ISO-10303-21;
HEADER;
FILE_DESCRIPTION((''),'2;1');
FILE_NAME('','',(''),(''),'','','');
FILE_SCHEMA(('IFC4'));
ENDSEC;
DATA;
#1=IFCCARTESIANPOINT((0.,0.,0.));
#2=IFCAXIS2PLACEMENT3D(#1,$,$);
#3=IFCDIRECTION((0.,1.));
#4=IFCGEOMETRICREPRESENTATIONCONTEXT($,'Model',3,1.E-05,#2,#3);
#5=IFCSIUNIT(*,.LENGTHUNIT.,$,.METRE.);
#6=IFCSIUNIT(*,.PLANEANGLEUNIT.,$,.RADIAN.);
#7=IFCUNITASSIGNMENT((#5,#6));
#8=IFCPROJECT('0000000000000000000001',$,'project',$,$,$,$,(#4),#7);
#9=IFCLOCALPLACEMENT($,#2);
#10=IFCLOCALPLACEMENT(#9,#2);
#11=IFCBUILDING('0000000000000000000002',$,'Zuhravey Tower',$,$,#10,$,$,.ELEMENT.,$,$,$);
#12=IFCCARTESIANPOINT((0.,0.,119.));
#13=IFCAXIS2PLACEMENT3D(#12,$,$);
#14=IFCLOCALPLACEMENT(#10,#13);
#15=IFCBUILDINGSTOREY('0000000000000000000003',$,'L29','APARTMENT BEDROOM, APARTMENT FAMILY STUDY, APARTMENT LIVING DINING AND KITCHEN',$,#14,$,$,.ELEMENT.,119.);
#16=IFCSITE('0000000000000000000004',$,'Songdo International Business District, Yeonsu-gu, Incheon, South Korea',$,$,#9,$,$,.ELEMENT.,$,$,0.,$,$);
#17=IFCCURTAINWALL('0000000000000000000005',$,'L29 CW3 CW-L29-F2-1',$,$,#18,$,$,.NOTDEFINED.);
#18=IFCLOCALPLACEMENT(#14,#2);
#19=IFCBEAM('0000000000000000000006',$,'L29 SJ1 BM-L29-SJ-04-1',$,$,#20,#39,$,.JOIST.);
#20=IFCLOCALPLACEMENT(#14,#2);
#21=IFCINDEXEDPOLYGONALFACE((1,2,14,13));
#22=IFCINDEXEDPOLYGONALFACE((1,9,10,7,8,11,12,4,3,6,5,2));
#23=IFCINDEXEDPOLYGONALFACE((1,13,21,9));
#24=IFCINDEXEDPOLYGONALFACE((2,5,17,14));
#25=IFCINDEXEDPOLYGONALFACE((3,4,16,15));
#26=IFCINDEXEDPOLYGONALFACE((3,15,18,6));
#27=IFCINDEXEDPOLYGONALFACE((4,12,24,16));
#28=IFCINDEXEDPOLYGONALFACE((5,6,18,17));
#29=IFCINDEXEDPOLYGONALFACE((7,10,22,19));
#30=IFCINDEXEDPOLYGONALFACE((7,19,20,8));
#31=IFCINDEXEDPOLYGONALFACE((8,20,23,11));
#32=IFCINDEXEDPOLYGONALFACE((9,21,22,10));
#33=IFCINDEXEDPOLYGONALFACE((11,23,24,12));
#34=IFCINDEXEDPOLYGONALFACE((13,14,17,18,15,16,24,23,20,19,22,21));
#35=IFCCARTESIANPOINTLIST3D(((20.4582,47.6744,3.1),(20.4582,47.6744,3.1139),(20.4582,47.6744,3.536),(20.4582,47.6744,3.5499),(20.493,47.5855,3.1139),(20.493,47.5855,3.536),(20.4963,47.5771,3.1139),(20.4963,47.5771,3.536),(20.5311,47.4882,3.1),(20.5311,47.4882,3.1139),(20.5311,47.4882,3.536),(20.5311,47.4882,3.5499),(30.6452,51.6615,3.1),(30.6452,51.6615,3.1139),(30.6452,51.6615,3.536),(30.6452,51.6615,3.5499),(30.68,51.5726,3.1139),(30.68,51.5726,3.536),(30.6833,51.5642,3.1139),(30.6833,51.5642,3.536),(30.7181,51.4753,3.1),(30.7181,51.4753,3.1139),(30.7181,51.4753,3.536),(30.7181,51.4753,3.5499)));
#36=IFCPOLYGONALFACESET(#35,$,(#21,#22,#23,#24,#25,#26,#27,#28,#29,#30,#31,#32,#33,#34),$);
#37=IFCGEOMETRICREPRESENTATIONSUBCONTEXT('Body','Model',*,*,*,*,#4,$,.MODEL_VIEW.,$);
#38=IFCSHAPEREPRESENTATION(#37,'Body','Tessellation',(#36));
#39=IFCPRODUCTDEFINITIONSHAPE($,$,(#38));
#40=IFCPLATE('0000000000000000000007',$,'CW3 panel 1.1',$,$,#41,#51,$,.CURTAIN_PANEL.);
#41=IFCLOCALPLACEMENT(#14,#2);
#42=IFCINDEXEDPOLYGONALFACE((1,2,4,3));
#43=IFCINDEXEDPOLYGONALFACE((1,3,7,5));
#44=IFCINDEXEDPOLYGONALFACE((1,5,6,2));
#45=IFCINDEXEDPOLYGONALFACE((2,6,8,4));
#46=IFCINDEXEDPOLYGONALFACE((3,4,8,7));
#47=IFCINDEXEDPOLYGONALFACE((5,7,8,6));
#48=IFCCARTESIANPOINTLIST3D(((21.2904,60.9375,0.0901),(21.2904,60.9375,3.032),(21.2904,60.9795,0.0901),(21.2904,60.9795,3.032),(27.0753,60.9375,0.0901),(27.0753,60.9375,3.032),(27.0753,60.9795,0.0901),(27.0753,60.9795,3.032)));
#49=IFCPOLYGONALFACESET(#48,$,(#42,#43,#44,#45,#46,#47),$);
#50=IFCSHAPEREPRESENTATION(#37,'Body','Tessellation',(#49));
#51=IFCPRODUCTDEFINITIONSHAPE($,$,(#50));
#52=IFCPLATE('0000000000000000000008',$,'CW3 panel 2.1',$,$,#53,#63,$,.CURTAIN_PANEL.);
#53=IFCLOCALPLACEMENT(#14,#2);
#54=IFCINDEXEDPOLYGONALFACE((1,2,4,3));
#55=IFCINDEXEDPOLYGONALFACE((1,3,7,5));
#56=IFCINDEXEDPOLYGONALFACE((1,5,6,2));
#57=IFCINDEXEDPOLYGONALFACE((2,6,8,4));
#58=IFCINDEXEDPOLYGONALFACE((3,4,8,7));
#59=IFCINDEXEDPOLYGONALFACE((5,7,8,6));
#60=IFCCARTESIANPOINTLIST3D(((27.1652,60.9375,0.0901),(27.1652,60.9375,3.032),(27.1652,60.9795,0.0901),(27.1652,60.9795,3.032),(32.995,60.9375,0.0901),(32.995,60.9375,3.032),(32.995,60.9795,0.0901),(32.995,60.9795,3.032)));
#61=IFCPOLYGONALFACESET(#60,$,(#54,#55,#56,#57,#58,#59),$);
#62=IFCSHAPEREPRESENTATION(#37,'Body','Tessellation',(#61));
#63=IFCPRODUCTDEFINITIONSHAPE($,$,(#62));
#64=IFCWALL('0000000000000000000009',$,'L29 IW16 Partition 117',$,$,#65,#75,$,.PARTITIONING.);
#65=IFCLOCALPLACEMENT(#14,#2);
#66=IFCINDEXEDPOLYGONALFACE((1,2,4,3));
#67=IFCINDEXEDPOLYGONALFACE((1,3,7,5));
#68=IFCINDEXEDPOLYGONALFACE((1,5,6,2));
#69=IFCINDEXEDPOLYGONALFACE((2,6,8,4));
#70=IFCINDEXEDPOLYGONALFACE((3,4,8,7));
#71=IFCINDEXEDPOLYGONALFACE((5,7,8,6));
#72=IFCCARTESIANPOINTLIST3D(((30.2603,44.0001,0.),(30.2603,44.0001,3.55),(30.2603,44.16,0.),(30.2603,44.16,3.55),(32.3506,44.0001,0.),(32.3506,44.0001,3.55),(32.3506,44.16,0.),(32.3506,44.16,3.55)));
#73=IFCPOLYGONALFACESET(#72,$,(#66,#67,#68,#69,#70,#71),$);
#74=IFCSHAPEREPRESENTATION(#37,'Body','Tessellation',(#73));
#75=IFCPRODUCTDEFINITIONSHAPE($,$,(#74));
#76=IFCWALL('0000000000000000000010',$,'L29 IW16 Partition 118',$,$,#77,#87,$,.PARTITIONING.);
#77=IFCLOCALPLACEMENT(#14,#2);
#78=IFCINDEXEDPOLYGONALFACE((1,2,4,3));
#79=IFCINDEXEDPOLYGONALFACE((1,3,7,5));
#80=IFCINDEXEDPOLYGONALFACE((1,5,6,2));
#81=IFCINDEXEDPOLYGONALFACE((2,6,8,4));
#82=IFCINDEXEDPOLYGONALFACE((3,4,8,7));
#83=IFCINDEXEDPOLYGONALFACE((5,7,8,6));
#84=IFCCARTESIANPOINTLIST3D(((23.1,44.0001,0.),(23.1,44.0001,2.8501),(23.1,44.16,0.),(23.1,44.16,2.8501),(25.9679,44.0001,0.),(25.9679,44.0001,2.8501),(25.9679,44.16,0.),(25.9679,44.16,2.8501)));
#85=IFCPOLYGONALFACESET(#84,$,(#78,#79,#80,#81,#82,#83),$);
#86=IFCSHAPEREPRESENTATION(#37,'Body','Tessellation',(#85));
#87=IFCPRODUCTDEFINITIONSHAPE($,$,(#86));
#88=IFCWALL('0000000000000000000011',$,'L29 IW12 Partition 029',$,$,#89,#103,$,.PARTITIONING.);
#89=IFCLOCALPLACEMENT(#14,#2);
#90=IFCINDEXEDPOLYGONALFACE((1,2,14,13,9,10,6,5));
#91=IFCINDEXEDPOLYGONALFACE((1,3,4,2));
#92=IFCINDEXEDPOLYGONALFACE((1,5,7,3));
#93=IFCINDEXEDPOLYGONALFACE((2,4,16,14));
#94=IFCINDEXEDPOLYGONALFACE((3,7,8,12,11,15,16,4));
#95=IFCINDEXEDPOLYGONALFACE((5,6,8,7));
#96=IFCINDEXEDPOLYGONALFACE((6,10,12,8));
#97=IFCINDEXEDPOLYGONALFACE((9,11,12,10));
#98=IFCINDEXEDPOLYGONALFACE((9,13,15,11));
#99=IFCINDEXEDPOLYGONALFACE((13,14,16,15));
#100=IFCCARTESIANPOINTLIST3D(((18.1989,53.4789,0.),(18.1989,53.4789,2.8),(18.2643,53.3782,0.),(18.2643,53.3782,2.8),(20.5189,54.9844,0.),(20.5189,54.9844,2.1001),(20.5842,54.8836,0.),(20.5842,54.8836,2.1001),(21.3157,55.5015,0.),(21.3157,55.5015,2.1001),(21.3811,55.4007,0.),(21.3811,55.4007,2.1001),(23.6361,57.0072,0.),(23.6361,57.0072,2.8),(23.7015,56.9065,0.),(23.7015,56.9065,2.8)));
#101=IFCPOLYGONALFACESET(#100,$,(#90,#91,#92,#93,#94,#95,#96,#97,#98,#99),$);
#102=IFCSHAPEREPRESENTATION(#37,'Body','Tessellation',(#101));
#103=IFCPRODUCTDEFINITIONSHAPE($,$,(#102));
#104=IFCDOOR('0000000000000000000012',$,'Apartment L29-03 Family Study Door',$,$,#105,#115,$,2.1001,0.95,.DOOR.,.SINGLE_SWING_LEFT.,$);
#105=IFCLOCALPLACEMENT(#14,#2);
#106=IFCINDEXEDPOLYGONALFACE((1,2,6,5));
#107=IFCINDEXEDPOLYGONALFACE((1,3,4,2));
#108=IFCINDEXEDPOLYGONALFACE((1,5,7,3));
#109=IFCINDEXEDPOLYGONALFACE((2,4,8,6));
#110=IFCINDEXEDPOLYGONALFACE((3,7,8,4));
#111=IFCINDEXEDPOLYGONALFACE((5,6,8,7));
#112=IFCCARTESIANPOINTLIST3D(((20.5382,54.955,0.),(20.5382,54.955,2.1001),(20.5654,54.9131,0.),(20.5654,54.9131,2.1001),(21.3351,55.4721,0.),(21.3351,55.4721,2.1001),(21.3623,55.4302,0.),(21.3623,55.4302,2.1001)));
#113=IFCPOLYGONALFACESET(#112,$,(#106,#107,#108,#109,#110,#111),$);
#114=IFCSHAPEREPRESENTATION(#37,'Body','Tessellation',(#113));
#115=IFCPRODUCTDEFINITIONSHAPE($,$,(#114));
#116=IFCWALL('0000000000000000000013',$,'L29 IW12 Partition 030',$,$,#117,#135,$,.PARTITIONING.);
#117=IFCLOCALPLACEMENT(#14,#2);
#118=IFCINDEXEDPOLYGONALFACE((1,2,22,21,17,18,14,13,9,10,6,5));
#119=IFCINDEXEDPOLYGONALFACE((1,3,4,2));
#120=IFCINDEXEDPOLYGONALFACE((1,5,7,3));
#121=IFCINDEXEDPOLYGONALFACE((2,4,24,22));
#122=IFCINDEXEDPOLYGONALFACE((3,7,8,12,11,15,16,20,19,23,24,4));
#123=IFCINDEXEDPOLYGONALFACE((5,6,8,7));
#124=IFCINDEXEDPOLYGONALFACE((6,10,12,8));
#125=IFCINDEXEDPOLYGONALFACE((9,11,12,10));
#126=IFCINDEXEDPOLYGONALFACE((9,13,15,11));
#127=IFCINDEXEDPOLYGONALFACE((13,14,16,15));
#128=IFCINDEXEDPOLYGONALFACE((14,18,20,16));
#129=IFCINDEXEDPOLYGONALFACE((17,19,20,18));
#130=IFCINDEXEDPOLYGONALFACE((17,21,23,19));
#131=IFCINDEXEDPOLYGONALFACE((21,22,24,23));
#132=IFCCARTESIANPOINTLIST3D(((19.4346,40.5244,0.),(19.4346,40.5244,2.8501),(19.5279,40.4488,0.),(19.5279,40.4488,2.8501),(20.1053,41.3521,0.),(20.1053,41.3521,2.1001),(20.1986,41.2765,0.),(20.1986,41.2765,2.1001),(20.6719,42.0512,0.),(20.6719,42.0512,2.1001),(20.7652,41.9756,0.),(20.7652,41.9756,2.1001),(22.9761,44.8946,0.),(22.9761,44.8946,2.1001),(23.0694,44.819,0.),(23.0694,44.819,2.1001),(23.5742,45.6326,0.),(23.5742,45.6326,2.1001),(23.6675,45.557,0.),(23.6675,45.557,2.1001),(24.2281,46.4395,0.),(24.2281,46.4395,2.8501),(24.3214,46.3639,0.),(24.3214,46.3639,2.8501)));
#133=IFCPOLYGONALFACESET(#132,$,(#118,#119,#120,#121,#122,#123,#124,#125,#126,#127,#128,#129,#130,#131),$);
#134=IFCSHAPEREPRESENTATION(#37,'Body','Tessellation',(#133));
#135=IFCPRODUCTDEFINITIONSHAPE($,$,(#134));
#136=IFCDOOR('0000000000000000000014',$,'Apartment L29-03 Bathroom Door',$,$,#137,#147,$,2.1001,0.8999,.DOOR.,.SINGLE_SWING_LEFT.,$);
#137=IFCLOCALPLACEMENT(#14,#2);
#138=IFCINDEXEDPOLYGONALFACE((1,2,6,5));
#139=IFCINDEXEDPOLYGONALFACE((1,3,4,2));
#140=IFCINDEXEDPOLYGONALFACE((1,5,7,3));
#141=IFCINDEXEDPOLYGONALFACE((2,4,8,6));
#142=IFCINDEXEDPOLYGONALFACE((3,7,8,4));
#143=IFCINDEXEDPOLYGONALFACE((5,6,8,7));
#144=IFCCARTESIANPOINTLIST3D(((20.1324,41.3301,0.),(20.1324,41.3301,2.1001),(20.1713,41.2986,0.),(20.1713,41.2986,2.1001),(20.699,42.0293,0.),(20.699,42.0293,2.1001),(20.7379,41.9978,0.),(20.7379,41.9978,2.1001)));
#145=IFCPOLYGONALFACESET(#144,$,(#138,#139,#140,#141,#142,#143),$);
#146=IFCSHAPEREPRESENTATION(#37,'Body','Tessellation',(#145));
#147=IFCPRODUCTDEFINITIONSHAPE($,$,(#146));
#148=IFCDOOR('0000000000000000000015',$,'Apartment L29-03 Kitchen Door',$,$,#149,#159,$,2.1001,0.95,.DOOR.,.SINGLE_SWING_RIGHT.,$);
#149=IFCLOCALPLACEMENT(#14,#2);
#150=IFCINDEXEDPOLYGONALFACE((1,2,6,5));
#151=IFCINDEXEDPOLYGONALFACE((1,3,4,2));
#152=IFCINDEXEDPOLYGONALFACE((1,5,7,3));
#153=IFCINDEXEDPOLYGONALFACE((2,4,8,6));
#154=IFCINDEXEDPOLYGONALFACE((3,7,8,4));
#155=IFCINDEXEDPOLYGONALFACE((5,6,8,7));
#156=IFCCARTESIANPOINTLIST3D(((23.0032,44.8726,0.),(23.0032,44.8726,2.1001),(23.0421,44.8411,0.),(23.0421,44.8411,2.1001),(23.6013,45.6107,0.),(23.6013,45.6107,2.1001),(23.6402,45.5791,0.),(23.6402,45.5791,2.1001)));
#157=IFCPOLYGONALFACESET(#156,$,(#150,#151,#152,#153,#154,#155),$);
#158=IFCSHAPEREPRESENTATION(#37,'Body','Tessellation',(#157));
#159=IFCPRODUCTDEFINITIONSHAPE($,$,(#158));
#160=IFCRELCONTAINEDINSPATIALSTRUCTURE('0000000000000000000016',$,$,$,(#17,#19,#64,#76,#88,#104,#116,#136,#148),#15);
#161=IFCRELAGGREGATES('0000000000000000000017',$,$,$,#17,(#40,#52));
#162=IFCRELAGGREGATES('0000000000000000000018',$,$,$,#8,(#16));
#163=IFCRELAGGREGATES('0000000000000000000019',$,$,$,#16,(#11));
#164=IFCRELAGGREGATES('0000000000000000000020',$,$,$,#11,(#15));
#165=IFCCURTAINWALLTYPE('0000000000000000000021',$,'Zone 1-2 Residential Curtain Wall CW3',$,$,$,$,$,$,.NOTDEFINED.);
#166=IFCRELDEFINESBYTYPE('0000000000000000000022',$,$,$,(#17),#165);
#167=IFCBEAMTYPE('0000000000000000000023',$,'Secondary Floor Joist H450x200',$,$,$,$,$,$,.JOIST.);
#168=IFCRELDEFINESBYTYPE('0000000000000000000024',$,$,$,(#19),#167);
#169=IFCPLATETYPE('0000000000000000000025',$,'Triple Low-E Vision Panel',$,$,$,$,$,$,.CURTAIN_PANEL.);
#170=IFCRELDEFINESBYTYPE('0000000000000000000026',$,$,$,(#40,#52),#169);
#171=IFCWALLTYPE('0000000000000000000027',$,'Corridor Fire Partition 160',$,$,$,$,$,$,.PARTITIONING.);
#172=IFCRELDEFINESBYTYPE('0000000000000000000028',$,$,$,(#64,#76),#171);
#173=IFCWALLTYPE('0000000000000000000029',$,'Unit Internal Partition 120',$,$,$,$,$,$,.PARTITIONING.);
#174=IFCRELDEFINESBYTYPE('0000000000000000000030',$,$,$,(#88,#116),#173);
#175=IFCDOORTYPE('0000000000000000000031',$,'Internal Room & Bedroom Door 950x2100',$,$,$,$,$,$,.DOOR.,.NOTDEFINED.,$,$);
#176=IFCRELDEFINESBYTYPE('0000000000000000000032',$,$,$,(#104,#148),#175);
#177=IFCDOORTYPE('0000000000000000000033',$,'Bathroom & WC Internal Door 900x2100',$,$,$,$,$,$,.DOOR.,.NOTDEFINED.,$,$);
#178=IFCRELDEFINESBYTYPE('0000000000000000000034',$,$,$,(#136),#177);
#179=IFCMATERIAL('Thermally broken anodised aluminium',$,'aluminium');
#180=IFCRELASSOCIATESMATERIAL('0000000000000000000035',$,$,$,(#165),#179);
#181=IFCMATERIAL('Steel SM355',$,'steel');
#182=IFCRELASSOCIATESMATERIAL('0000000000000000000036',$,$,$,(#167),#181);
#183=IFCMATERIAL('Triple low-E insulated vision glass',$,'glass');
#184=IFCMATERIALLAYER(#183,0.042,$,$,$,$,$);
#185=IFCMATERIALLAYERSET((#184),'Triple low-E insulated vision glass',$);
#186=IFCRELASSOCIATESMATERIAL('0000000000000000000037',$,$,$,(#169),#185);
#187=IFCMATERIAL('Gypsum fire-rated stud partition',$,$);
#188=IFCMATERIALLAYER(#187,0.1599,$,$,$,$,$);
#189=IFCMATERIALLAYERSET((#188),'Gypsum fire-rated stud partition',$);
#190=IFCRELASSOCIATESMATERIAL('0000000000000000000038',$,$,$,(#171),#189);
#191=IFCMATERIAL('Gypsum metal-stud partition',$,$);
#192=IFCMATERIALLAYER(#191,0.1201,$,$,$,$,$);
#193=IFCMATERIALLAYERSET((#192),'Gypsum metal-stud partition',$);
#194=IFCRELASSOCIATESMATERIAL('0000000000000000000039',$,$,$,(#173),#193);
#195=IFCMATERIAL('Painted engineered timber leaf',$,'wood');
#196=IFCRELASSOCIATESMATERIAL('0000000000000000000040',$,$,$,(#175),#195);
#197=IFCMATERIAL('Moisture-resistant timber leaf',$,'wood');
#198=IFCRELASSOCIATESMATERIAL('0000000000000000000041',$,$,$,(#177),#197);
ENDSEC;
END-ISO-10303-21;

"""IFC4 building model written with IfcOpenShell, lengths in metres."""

from ifc_helpers import new_model, si_unit, direction, frame, frame_2d, origin, origin_2d, place, context, subcontext, project, spatial, rectangle, i_section, extrude, material, layer, layer_set, material_profile, profile_set, type_object, element, fill, aggregate, save


model = new_model("IFC4")

# Units and contexts
model_context = context("Model", 3, precision=1e-05, world=origin(), true_north=direction((0.0, 1.0)))
body_context = subcontext(model_context, "Body", "Model", "MODEL_VIEW")
ifc_project = project(units=[si_unit("LENGTHUNIT", "METRE"), si_unit("PLANEANGLEUNIT", "RADIAN")], contexts=[model_context])

# Site, building, storey
site_placement = place(None, origin())
site = spatial("IfcSite", under=ifc_project, at=site_placement, Name="Songdo International Business District, Yeonsu-gu, Incheon, South Korea", CompositionType="ELEMENT", RefElevation=0.0)
building_placement = place(site_placement, origin())
building = spatial("IfcBuilding", under=site, at=building_placement, Name="Zuhravey Tower", CompositionType="ELEMENT")
storey_placement = place(building_placement, frame((0.0, 0.0, 119.0)))
storey = spatial("IfcBuildingStorey", under=building, at=storey_placement, Name="L29", Description="APARTMENT BEDROOM, APARTMENT FAMILY STUDY, APARTMENT LIVING DINING AND KITCHEN", CompositionType="ELEMENT", Elevation=119.0)

# Curtain wall
ifc_material_1 = material(Name="Thermally broken anodised aluminium", Category="aluminium")
curtain_wall_type = type_object("IfcCurtainWallType", Name="Zone 1-2 Residential Curtain Wall CW3", PredefinedType="NOTDEFINED", material=ifc_material_1)
curtain_wall_placement = place(storey_placement, origin())
curtain_wall = element("IfcCurtainWall", 1, at=curtain_wall_placement, inside=storey, type_object=curtain_wall_type, Name="L29 CW3 CW-L29-F2-1", PredefinedType="NOTDEFINED")

# Beam
ifc_material_2 = material(Name="Steel SM355", Category="steel")
ifc_material_profile_1 = material_profile(ifc_material_2, i_section(OverallWidth=0.2, OverallDepth=0.45, WebThickness=0.009, FlangeThickness=0.0139, at=origin_2d()), Name="H-450x200x9x14")
ifc_profile_set_1 = profile_set([ifc_material_profile_1], Name="Steel SM355")
beam_type_1 = type_object("IfcBeamType", Name="Secondary Floor Joist H450x200", PredefinedType="JOIST", material=ifc_profile_set_1)
beam_1_placement = place(storey_placement, frame((30.6816, 51.5684, 3.325), z_axis=(-0.931217, -0.364466, 0.0), x_axis=(0.364466, -0.931217, 0.0)))
element("IfcBeam", 2, at=beam_1_placement, inside=storey, type_object=beam_type_1, Name="L29 SJ1 BM-L29-SJ-04-1", PredefinedType="JOIST", context=body_context, shape_type="SweptSolid", body=[
    extrude(i_section(OverallWidth=0.2, OverallDepth=0.45, WebThickness=0.009, FlangeThickness=0.0139, at=origin_2d()), origin(), (0.0, 0.0, 1.0), 10.9395),
])

# Plates
ifc_material_3 = material(Name="Triple low-E insulated vision glass", Category="glass")
ifc_layer_1 = layer(ifc_material_3, 0.042)
ifc_layer_set_1 = layer_set([ifc_layer_1], Name="Triple low-E insulated vision glass")
plate_type = type_object("IfcPlateType", Name="Triple Low-E Vision Panel", PredefinedType="CURTAIN_PANEL", material=ifc_layer_set_1)
plate_1_placement = place(storey_placement, frame((24.1829, 60.9585, 0.0901), z_axis=(0.0, 0.0, 1.0), x_axis=(1.0, 0.0, 0.0)))
plate_1 = element("IfcPlate", 3, at=plate_1_placement, type_object=plate_type, Name="CW3 panel 1.1", PredefinedType="CURTAIN_PANEL", context=body_context, shape_type="SweptSolid", body=[
    extrude(rectangle(XDim=5.7849, YDim=0.042, at=origin_2d()), origin(), (0.0, 0.0, 1.0), 2.9419),
])
plate_2_placement = place(storey_placement, frame((30.0801, 60.9585, 0.0901), z_axis=(0.0, 0.0, 1.0), x_axis=(1.0, 0.0, 0.0)))
plate_2 = element("IfcPlate", 4, at=plate_2_placement, type_object=plate_type, Name="CW3 panel 2.1", PredefinedType="CURTAIN_PANEL", context=body_context, shape_type="SweptSolid", body=[
    extrude(rectangle(XDim=5.8298, YDim=0.042, at=origin_2d()), origin(), (0.0, 0.0, 1.0), 2.9419),
])
aggregate(curtain_wall, [plate_1, plate_2])

# Shared definitions
ifc_material_4 = material(Name="Gypsum fire-rated stud partition")
ifc_layer_2 = layer(ifc_material_4, 0.1599)
ifc_layer_set_2 = layer_set([ifc_layer_2], Name="Gypsum fire-rated stud partition")
wall_type_1 = type_object("IfcWallType", Name="Corridor Fire Partition 160", PredefinedType="PARTITIONING", material=ifc_layer_set_2)

# Walls
wall_1_placement = place(storey_placement, frame((32.3506, 44.0801, 0.0), z_axis=(0.0, 0.0, 1.0), x_axis=(-1.0, 0.0, 0.0)))
element("IfcWall", 5, at=wall_1_placement, inside=storey, type_object=wall_type_1, Name="L29 IW16 Partition 117", PredefinedType="PARTITIONING", context=body_context, shape_type="SweptSolid", body=[
    extrude(rectangle(XDim=2.0903, YDim=0.1599, at=frame_2d((1.0452, 0.0))), origin(), (0.0, 0.0, 1.0), 3.55),
])
wall_2_placement = place(storey_placement, frame((25.968, 44.0801, 0.0), z_axis=(0.0, 0.0, 1.0), x_axis=(-1.0, 0.0, 0.0)))
element("IfcWall", 6, at=wall_2_placement, inside=storey, type_object=wall_type_1, Name="L29 IW16 Partition 118", PredefinedType="PARTITIONING", context=body_context, shape_type="SweptSolid", body=[
    extrude(rectangle(XDim=2.8679, YDim=0.1599, at=frame_2d((1.4341, 0.0))), origin(), (0.0, 0.0, 1.0), 2.8501),
])

# Wall, opening, door
ifc_material_5 = material(Name="Gypsum metal-stud partition")
ifc_layer_3 = layer(ifc_material_5, 0.1201)
ifc_layer_set_3 = layer_set([ifc_layer_3], Name="Gypsum metal-stud partition")
wall_type_2 = type_object("IfcWallType", Name="Unit Internal Partition 120", PredefinedType="PARTITIONING", material=ifc_layer_set_3)
wall_3_placement = place(storey_placement, frame((23.6687, 56.9568, 0.0), z_axis=(0.0, 0.0, 1.0), x_axis=(-0.838859, -0.544349, 0.0)))
wall_3 = element("IfcWall", 7, at=wall_3_placement, inside=storey, type_object=wall_type_2, Name="L29 IW12 Partition 029", PredefinedType="PARTITIONING", context=body_context, shape_type="SweptSolid", body=[
    extrude(rectangle(XDim=6.4817, YDim=0.1201, at=frame_2d((3.2407, 0.0))), origin(), (0.0, 0.0, 1.0), 2.8),
])
opening_1_placement = place(wall_3_placement, frame((2.7659, 0.0, 0.0)))
opening_1 = element("IfcOpeningElement", 8, at=opening_1_placement, cuts=wall_3, PredefinedType="OPENING", context=body_context, shape_type="SweptSolid", body=[
    extrude(rectangle(XDim=0.95, YDim=2.1001, at=frame_2d((0.4751, 1.05))), frame((0.0, 0.072, 0.0), z_axis=(0.0, -1.0, 0.0), x_axis=(1.0, 0.0, 0.0)), (0.0, 0.0, 1.0), 0.144),
])
ifc_material_6 = material(Name="Painted engineered timber leaf", Category="wood")
door_type_1 = type_object("IfcDoorType", Name="Internal Room & Bedroom Door 950x2100", OperationType="NOTDEFINED", PredefinedType="DOOR", material=ifc_material_6)
door_1_placement = place(opening_1_placement, frame((0.95, 0.0, 0.0), z_axis=(0.0, 0.0, 1.0), x_axis=(-1.0, 0.0, 0.0)))
door_1 = element("IfcDoor", 9, at=door_1_placement, inside=storey, type_object=door_type_1, Name="Apartment L29-03 Family Study Door", OperationType="SINGLE_SWING_LEFT", OverallHeight=2.1001, OverallWidth=0.95, PredefinedType="DOOR", context=body_context, shape_type="SweptSolid", body=[
    extrude(rectangle(XDim=0.95, YDim=2.1001, at=frame_2d((0.4751, 1.05))), frame((0.0, 0.0249, 0.0), z_axis=(0.0, -1.0, 0.0), x_axis=(1.0, 0.0, 0.0)), (0.0, 0.0, 1.0), 0.05),
])
fill(opening_1, door_1)

# Wall, openings, doors
wall_4_placement = place(storey_placement, frame((24.2747, 46.4016, 0.0), z_axis=(0.0, 0.0, 1.0), x_axis=(-0.629602, -0.776918, 0.0)))
wall_4 = element("IfcWall", 10, at=wall_4_placement, inside=storey, type_object=wall_type_2, Name="L29 IW12 Partition 030", PredefinedType="PARTITIONING", context=body_context, shape_type="SweptSolid", body=[
    extrude(rectangle(XDim=7.6135, YDim=0.1201, at=frame_2d((3.8066, 0.0))), origin(), (0.0, 0.0, 1.0), 2.8501),
])
opening_2_placement = place(wall_4_placement, frame((1.0383, 0.0, 0.0)))
opening_2 = element("IfcOpeningElement", 11, at=opening_2_placement, cuts=wall_4, PredefinedType="OPENING", context=body_context, shape_type="SweptSolid", body=[
    extrude(rectangle(XDim=0.95, YDim=2.1001, at=frame_2d((0.4751, 1.05))), frame((0.0, 0.072, 0.0), z_axis=(0.0, -1.0, 0.0), x_axis=(1.0, 0.0, 0.0)), (0.0, 0.0, 1.0), 0.144),
])
opening_3_placement = place(wall_4_placement, frame((5.6482, 0.0, 0.0)))
opening_3 = element("IfcOpeningElement", 12, at=opening_3_placement, cuts=wall_4, PredefinedType="OPENING", context=body_context, shape_type="SweptSolid", body=[
    extrude(rectangle(XDim=0.8999, YDim=2.1001, at=frame_2d((0.45, 1.05))), frame((0.0, 0.072, 0.0), z_axis=(0.0, -1.0, 0.0), x_axis=(1.0, 0.0, 0.0)), (0.0, 0.0, 1.0), 0.144),
])
ifc_material_7 = material(Name="Moisture-resistant timber leaf", Category="wood")
door_type_2 = type_object("IfcDoorType", Name="Bathroom & WC Internal Door 900x2100", OperationType="NOTDEFINED", PredefinedType="DOOR", material=ifc_material_7)
door_2_placement = place(opening_3_placement, origin())
door_2 = element("IfcDoor", 13, at=door_2_placement, inside=storey, type_object=door_type_2, Name="Apartment L29-03 Bathroom Door", OperationType="SINGLE_SWING_LEFT", OverallHeight=2.1001, OverallWidth=0.8999, PredefinedType="DOOR", context=body_context, shape_type="SweptSolid", body=[
    extrude(rectangle(XDim=0.8999, YDim=2.1001, at=frame_2d((0.45, 1.05))), frame((0.0, 0.0249, 0.0), z_axis=(0.0, -1.0, 0.0), x_axis=(1.0, 0.0, 0.0)), (0.0, 0.0, 1.0), 0.05),
])
fill(opening_3, door_2)
door_3_placement = place(opening_2_placement, origin())
door_3 = element("IfcDoor", 14, at=door_3_placement, inside=storey, type_object=door_type_1, Name="Apartment L29-03 Kitchen Door", OperationType="SINGLE_SWING_RIGHT", OverallHeight=2.1001, OverallWidth=0.95, PredefinedType="DOOR", context=body_context, shape_type="SweptSolid", body=[
    extrude(rectangle(XDim=0.95, YDim=2.1001, at=frame_2d((0.4751, 1.05))), frame((0.0, 0.0249, 0.0), z_axis=(0.0, -1.0, 0.0), x_axis=(1.0, 0.0, 0.0)), (0.0, 0.0, 1.0), 0.05),
])
fill(opening_2, door_3)

save(model, "model.ifc")
